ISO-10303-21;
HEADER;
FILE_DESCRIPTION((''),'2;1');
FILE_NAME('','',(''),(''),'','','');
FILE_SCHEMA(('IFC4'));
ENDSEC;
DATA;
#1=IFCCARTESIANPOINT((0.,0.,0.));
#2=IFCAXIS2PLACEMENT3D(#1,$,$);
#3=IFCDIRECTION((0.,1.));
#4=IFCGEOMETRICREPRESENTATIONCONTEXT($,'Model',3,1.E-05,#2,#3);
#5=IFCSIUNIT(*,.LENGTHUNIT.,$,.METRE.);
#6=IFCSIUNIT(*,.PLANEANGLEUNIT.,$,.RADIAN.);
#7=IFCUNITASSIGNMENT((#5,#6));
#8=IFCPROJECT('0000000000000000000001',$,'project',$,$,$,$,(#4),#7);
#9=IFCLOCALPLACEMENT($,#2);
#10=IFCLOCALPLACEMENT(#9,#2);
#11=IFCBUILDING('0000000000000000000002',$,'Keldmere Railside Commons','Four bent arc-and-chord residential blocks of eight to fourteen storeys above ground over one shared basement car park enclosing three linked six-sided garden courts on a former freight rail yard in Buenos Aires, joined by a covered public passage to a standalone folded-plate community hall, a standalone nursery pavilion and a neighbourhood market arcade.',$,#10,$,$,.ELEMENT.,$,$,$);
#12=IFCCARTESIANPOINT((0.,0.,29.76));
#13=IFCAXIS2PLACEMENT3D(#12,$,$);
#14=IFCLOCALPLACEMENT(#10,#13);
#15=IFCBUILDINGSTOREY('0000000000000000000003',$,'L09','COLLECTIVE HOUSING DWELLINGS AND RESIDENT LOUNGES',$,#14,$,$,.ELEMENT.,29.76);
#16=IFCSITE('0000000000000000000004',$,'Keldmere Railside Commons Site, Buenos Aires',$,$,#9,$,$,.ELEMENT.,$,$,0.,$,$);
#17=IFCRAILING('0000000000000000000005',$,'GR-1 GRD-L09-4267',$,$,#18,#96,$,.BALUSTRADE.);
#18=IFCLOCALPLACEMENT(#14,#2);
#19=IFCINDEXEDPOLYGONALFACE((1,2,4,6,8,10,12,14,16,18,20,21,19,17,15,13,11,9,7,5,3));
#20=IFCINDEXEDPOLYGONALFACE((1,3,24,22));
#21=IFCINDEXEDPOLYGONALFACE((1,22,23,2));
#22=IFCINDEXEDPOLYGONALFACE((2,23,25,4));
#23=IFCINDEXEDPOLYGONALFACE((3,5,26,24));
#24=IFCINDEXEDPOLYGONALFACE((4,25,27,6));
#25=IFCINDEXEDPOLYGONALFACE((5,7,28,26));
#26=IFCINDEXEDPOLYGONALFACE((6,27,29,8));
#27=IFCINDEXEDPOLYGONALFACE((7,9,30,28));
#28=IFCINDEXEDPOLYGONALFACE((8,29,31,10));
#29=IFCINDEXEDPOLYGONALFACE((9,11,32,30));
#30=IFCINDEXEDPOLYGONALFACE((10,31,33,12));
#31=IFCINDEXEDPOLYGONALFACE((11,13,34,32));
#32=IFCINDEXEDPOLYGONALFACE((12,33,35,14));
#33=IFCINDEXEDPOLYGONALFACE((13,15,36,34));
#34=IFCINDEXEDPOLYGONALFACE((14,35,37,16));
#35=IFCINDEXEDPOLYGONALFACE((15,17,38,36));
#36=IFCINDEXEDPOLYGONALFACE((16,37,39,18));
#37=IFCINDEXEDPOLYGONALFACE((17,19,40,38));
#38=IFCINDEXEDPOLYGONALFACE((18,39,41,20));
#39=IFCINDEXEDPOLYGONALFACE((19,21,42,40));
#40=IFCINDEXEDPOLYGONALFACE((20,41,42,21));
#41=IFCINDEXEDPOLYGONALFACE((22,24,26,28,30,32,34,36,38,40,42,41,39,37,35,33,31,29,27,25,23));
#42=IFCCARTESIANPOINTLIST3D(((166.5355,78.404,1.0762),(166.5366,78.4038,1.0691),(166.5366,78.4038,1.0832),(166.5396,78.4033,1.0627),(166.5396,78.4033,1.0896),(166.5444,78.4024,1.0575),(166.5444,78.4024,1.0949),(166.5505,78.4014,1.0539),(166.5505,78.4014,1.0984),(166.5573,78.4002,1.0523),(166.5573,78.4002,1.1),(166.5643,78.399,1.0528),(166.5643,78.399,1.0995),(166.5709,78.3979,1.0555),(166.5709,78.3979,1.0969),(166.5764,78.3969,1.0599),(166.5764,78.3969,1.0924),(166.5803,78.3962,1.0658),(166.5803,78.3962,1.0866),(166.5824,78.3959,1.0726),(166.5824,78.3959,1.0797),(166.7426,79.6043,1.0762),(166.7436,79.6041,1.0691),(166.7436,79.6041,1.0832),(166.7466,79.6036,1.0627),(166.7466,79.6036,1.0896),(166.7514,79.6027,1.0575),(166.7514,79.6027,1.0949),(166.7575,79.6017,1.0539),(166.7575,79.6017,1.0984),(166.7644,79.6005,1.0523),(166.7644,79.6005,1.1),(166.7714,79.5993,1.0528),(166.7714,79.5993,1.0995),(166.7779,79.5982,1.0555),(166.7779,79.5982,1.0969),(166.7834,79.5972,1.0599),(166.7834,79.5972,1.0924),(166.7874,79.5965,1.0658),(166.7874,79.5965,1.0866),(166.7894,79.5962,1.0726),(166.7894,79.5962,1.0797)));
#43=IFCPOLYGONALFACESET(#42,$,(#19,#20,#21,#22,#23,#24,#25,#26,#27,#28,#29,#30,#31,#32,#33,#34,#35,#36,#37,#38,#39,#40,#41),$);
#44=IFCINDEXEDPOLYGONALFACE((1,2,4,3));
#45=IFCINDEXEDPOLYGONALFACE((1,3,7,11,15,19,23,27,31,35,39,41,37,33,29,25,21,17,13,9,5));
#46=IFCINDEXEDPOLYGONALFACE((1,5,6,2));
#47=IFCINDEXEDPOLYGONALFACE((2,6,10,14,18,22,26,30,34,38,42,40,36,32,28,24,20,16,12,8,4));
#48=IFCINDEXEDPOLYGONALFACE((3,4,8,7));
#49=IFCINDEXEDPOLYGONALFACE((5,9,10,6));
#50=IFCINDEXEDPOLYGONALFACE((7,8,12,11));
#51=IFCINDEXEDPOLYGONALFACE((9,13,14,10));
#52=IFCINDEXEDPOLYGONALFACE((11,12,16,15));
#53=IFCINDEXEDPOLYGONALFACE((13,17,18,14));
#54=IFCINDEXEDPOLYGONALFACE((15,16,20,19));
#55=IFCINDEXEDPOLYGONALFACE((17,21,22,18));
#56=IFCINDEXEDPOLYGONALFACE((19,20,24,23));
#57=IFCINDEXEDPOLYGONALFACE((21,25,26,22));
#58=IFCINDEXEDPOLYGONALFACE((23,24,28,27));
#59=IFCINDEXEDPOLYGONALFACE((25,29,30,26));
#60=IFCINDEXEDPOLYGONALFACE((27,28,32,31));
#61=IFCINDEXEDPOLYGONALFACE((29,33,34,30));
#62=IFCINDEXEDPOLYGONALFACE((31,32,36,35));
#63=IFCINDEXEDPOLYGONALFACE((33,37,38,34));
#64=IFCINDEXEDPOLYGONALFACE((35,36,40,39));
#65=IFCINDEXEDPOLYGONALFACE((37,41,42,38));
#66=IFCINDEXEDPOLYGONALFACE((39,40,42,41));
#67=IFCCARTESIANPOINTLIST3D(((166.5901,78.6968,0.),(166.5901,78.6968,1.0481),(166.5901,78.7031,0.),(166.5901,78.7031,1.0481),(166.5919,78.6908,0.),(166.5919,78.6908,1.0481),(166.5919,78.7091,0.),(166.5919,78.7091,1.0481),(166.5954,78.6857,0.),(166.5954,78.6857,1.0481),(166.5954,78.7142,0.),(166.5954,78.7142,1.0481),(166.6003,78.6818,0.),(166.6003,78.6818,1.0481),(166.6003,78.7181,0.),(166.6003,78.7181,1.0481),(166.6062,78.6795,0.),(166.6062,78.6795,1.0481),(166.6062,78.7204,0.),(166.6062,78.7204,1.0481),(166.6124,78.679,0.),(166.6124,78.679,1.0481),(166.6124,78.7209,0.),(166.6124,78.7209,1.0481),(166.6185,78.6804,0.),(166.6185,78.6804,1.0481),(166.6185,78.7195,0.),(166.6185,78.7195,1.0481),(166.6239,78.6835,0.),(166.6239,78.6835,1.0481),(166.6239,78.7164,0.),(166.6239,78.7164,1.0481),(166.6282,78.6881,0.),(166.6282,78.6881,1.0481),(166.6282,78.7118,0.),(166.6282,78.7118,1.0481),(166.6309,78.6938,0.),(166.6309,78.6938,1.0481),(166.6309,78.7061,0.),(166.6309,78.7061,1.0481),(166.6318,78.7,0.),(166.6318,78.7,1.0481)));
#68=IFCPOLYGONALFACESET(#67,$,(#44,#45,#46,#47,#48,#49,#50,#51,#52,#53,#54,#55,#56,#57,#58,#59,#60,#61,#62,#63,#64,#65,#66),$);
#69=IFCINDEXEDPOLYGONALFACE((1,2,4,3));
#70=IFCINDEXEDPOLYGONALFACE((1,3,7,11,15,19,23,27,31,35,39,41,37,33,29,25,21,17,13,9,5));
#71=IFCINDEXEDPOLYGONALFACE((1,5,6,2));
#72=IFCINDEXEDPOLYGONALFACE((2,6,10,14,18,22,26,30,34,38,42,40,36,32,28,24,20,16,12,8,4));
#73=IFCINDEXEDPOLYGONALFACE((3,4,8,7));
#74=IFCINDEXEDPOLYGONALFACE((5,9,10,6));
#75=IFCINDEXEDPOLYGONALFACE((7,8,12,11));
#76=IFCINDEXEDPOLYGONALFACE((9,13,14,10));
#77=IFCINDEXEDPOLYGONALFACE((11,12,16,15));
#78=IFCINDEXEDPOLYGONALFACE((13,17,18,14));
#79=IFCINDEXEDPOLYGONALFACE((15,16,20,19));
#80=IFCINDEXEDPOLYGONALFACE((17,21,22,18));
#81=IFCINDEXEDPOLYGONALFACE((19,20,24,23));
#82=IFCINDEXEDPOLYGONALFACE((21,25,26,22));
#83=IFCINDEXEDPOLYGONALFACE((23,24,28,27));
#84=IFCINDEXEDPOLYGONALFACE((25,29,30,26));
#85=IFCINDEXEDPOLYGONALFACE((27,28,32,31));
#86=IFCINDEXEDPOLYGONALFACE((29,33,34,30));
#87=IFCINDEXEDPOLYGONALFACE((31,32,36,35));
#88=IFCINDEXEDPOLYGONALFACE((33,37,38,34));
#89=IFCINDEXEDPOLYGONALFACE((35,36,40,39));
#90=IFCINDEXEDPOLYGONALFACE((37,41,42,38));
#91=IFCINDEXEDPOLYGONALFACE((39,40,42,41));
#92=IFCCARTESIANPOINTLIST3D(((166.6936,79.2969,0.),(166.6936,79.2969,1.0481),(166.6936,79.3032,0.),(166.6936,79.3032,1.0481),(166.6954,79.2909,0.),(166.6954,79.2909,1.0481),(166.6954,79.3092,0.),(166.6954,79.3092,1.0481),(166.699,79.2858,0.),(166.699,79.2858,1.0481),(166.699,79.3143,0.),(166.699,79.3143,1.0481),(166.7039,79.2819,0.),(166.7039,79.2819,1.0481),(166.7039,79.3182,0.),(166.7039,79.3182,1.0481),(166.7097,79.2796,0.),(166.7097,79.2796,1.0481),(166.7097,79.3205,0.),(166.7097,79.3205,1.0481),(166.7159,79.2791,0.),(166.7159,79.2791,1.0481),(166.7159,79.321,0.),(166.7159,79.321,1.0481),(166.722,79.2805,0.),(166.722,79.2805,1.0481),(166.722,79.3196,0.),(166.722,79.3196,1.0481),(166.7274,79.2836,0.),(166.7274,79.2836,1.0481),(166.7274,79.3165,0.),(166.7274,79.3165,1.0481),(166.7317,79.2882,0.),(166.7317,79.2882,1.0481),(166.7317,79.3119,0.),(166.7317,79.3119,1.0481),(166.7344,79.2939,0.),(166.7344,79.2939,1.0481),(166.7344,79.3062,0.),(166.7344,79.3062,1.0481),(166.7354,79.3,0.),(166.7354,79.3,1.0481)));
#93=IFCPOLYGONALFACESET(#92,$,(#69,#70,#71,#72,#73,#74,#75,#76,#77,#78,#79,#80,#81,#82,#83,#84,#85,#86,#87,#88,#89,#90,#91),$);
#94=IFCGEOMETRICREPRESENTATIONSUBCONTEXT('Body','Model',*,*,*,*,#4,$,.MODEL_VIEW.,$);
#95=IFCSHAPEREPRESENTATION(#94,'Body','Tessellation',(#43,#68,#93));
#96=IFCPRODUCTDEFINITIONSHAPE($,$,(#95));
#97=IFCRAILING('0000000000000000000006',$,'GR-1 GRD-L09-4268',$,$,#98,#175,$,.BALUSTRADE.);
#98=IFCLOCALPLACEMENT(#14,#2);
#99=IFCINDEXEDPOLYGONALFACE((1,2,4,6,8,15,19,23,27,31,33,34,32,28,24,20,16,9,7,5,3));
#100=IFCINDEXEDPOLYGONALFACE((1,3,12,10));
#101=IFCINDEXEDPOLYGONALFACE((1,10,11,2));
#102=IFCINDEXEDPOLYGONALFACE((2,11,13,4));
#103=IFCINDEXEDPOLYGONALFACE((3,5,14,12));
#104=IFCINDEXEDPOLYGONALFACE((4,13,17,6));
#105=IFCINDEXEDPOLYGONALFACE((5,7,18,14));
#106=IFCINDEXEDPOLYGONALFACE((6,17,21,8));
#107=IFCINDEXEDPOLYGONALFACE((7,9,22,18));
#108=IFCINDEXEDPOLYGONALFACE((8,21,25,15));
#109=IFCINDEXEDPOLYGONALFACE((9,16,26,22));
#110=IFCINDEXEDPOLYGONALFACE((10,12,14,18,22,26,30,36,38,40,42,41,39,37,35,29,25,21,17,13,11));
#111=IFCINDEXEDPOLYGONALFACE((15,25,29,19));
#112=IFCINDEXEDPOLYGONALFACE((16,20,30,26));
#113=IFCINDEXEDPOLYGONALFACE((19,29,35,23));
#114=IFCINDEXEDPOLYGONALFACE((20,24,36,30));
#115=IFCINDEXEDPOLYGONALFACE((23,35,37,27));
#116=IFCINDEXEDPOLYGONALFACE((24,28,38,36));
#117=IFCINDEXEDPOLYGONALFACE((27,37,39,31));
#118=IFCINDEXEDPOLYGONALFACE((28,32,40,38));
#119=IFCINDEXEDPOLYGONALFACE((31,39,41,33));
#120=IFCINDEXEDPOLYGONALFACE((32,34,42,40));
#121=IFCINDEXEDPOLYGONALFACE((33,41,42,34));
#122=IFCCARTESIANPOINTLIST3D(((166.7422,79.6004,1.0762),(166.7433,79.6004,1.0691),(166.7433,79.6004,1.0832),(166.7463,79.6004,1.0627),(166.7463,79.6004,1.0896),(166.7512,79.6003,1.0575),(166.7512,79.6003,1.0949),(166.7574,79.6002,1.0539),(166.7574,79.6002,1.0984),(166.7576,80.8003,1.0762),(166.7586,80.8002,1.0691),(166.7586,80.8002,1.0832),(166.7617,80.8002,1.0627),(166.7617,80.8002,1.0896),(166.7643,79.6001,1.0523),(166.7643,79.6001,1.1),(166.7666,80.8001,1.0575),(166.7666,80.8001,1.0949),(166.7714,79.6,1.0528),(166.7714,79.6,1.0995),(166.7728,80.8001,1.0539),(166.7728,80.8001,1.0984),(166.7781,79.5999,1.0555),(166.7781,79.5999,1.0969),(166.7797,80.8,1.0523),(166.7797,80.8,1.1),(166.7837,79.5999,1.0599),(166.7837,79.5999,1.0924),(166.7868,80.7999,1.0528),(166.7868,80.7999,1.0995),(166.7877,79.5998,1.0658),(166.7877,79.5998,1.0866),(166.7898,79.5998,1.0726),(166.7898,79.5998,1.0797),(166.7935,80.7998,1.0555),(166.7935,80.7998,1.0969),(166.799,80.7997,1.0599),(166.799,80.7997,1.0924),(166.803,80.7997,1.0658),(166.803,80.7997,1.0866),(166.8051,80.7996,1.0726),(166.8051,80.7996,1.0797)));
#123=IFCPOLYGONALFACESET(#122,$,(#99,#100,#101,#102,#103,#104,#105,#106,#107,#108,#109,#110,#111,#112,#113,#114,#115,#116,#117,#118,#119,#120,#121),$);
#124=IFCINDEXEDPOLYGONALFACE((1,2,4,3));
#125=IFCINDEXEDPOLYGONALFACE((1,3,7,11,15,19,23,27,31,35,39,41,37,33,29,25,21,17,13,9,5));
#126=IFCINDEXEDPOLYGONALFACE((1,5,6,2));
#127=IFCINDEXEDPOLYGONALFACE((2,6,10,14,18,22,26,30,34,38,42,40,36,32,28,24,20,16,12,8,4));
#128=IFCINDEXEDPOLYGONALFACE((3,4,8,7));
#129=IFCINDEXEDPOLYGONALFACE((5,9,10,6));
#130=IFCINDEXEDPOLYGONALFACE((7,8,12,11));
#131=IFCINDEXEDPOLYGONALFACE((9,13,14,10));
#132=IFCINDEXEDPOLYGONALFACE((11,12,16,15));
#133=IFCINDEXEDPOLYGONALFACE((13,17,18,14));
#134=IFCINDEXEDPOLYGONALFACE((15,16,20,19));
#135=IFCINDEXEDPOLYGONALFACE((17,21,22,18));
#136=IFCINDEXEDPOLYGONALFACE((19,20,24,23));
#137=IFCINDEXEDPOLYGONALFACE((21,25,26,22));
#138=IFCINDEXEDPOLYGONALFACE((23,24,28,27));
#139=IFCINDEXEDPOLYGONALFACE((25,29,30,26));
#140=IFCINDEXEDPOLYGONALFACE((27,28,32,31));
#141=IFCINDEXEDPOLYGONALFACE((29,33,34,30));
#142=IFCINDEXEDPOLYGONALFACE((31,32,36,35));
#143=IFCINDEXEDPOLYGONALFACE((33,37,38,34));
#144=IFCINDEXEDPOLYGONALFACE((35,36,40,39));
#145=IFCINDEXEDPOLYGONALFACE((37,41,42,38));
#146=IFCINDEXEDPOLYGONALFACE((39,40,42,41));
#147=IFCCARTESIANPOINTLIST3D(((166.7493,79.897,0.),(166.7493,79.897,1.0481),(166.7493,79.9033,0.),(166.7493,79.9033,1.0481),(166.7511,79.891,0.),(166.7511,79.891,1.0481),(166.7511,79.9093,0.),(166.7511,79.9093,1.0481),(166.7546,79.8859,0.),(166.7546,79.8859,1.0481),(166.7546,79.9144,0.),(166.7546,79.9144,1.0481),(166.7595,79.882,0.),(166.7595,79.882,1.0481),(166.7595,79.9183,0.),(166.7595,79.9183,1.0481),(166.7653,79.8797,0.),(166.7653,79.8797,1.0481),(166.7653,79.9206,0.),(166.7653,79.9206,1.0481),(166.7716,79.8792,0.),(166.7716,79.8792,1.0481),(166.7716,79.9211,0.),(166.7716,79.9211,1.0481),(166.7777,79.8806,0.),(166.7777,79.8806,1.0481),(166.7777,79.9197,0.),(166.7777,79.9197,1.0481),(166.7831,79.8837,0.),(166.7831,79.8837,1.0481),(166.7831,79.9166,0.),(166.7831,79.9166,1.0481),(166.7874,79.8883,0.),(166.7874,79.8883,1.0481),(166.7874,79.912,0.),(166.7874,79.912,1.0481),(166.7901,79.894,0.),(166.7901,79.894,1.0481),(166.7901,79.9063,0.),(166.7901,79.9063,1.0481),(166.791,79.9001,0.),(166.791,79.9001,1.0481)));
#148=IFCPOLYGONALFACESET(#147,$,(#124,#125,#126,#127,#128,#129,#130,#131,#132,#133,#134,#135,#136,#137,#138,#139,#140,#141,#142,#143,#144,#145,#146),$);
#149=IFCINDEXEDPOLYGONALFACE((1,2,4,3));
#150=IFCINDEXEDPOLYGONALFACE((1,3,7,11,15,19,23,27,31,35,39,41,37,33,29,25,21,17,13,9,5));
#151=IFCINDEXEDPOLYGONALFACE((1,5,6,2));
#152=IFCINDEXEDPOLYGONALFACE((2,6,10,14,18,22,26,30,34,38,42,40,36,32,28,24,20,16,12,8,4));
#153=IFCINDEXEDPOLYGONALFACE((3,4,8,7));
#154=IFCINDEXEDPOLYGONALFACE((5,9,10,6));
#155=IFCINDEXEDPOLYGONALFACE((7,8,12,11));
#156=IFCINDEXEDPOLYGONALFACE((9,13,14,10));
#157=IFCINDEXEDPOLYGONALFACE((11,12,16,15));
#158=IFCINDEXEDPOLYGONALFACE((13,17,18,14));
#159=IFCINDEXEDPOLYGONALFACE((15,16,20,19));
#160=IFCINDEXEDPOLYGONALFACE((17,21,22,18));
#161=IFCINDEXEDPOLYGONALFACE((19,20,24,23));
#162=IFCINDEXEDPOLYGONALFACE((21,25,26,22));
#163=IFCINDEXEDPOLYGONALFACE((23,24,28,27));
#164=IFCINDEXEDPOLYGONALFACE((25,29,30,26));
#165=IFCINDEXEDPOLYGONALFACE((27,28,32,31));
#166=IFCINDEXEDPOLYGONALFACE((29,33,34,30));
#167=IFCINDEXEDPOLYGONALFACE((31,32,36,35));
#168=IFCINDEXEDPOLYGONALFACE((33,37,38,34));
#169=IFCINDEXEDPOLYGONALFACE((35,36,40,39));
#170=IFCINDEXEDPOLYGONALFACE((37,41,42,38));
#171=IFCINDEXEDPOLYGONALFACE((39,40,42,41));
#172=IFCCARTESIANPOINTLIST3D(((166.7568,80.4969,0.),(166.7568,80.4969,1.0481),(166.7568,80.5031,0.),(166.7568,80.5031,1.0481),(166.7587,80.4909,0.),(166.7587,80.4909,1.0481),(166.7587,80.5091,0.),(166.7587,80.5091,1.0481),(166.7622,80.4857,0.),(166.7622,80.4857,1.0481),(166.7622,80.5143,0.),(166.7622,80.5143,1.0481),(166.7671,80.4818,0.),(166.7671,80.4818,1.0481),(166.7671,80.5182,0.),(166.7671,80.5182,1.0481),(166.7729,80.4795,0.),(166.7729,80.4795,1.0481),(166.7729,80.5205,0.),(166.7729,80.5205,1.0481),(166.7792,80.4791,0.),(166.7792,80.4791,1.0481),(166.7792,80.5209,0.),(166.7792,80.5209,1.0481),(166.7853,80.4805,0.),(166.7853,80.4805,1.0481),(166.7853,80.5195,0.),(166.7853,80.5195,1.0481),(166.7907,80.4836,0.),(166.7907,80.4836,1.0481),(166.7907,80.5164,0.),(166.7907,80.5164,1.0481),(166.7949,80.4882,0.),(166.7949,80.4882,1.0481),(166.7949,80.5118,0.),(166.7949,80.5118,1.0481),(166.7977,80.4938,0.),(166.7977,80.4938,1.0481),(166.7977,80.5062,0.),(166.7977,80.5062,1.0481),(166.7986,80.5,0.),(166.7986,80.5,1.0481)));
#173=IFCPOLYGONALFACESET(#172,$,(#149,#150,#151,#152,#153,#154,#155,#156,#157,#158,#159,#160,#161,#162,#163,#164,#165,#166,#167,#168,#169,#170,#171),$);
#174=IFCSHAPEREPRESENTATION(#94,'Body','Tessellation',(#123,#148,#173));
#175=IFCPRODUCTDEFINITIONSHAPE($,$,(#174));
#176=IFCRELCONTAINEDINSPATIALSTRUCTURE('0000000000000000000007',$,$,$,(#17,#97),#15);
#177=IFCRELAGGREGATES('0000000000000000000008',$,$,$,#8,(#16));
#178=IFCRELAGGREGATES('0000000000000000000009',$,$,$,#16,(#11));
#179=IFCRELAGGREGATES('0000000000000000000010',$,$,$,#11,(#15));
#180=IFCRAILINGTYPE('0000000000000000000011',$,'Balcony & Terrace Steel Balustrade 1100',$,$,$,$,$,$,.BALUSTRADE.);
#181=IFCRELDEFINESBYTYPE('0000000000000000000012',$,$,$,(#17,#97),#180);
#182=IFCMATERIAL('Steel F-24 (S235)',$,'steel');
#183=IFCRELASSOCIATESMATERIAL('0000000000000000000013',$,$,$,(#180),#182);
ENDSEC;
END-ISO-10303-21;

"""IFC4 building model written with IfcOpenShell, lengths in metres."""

from ifc_helpers import new_model, si_unit, direction, frame, origin, origin_2d, place, context, subcontext, project, spatial, circle, extrude, material, type_object, element, save


model = new_model("IFC4")

# Units and contexts
model_context = context("Model", 3, precision=1e-05, world=origin(), true_north=direction((0.0, 1.0)))
body_context = subcontext(model_context, "Body", "Model", "MODEL_VIEW")
ifc_project = project(units=[si_unit("LENGTHUNIT", "METRE"), si_unit("PLANEANGLEUNIT", "RADIAN")], contexts=[model_context])

# Site, building, storey
site_placement = place(None, origin())
site = spatial("IfcSite", under=ifc_project, at=site_placement, Name="Keldmere Railside Commons Site, Buenos Aires", CompositionType="ELEMENT", RefElevation=0.0)
building_placement = place(site_placement, origin())
building = spatial("IfcBuilding", under=site, at=building_placement, Name="Keldmere Railside Commons", Description="Four bent arc-and-chord residential blocks of eight to fourteen storeys above ground over one shared basement car park enclosing three linked six-sided garden courts on a former freight rail yard in Buenos Aires, joined by a covered public passage to a standalone folded-plate community hall, a standalone nursery pavilion and a neighbourhood market arcade.", CompositionType="ELEMENT")
storey_placement = place(building_placement, frame((0.0, 0.0, 29.76)))
storey = spatial("IfcBuildingStorey", under=building, at=storey_placement, Name="L09", Description="COLLECTIVE HOUSING DWELLINGS AND RESIDENT LOUNGES", CompositionType="ELEMENT", Elevation=29.76)

# Railings
ifc_material_1 = material(Name="Steel F-24 (S235)", Category="steel")
railing_type = type_object("IfcRailingType", Name="Balcony & Terrace Steel Balustrade 1100", PredefinedType="BALUSTRADE", material=ifc_material_1)
railing_1_placement = place(storey_placement, frame((166.5591, 78.3999, 0.0)))
element("IfcRailing", 1, at=railing_1_placement, inside=storey, type_object=railing_type, Name="GR-1 GRD-L09-4267", PredefinedType="BALUSTRADE", context=body_context, shape_type="SweptSolid", body=[
    extrude(circle(Radius=0.0239, at=origin_2d()), frame((0.0, 0.0, 1.0762), z_axis=(0.169987, 0.985446, 0.0), x_axis=(-0.985446, 0.169987, 0.0)), (0.0, 0.0, 1.0), 1.218),
    extrude(circle(Radius=0.021, at=origin_2d()), frame((0.0518, 0.3, 0.0)), (0.0, 0.0, 1.0), 1.0481),
    extrude(circle(Radius=0.021, at=origin_2d()), frame((0.1553, 0.9001, 0.0)), (0.0, 0.0, 1.0), 1.0481),
])
railing_2_placement = place(storey_placement, frame((166.7661, 79.6001, 0.0)))
element("IfcRailing", 2, at=railing_2_placement, inside=storey, type_object=railing_type, Name="GR-1 GRD-L09-4268", PredefinedType="BALUSTRADE", context=body_context, shape_type="SweptSolid", body=[
    extrude(circle(Radius=0.0239, at=origin_2d()), frame((0.0, 0.0, 1.0762), z_axis=(0.012817, 0.999918, 0.0), x_axis=(-0.999918, 0.012817, 0.0)), (0.0, 0.0, 1.0), 1.2),
    extrude(circle(Radius=0.021, at=origin_2d()), frame((0.0039, 0.3, 0.0)), (0.0, 0.0, 1.0), 1.0481),
    extrude(circle(Radius=0.021, at=origin_2d()), frame((0.0115, 0.8999, 0.0)), (0.0, 0.0, 1.0), 1.0481),
])

save(model, "model.ifc")
